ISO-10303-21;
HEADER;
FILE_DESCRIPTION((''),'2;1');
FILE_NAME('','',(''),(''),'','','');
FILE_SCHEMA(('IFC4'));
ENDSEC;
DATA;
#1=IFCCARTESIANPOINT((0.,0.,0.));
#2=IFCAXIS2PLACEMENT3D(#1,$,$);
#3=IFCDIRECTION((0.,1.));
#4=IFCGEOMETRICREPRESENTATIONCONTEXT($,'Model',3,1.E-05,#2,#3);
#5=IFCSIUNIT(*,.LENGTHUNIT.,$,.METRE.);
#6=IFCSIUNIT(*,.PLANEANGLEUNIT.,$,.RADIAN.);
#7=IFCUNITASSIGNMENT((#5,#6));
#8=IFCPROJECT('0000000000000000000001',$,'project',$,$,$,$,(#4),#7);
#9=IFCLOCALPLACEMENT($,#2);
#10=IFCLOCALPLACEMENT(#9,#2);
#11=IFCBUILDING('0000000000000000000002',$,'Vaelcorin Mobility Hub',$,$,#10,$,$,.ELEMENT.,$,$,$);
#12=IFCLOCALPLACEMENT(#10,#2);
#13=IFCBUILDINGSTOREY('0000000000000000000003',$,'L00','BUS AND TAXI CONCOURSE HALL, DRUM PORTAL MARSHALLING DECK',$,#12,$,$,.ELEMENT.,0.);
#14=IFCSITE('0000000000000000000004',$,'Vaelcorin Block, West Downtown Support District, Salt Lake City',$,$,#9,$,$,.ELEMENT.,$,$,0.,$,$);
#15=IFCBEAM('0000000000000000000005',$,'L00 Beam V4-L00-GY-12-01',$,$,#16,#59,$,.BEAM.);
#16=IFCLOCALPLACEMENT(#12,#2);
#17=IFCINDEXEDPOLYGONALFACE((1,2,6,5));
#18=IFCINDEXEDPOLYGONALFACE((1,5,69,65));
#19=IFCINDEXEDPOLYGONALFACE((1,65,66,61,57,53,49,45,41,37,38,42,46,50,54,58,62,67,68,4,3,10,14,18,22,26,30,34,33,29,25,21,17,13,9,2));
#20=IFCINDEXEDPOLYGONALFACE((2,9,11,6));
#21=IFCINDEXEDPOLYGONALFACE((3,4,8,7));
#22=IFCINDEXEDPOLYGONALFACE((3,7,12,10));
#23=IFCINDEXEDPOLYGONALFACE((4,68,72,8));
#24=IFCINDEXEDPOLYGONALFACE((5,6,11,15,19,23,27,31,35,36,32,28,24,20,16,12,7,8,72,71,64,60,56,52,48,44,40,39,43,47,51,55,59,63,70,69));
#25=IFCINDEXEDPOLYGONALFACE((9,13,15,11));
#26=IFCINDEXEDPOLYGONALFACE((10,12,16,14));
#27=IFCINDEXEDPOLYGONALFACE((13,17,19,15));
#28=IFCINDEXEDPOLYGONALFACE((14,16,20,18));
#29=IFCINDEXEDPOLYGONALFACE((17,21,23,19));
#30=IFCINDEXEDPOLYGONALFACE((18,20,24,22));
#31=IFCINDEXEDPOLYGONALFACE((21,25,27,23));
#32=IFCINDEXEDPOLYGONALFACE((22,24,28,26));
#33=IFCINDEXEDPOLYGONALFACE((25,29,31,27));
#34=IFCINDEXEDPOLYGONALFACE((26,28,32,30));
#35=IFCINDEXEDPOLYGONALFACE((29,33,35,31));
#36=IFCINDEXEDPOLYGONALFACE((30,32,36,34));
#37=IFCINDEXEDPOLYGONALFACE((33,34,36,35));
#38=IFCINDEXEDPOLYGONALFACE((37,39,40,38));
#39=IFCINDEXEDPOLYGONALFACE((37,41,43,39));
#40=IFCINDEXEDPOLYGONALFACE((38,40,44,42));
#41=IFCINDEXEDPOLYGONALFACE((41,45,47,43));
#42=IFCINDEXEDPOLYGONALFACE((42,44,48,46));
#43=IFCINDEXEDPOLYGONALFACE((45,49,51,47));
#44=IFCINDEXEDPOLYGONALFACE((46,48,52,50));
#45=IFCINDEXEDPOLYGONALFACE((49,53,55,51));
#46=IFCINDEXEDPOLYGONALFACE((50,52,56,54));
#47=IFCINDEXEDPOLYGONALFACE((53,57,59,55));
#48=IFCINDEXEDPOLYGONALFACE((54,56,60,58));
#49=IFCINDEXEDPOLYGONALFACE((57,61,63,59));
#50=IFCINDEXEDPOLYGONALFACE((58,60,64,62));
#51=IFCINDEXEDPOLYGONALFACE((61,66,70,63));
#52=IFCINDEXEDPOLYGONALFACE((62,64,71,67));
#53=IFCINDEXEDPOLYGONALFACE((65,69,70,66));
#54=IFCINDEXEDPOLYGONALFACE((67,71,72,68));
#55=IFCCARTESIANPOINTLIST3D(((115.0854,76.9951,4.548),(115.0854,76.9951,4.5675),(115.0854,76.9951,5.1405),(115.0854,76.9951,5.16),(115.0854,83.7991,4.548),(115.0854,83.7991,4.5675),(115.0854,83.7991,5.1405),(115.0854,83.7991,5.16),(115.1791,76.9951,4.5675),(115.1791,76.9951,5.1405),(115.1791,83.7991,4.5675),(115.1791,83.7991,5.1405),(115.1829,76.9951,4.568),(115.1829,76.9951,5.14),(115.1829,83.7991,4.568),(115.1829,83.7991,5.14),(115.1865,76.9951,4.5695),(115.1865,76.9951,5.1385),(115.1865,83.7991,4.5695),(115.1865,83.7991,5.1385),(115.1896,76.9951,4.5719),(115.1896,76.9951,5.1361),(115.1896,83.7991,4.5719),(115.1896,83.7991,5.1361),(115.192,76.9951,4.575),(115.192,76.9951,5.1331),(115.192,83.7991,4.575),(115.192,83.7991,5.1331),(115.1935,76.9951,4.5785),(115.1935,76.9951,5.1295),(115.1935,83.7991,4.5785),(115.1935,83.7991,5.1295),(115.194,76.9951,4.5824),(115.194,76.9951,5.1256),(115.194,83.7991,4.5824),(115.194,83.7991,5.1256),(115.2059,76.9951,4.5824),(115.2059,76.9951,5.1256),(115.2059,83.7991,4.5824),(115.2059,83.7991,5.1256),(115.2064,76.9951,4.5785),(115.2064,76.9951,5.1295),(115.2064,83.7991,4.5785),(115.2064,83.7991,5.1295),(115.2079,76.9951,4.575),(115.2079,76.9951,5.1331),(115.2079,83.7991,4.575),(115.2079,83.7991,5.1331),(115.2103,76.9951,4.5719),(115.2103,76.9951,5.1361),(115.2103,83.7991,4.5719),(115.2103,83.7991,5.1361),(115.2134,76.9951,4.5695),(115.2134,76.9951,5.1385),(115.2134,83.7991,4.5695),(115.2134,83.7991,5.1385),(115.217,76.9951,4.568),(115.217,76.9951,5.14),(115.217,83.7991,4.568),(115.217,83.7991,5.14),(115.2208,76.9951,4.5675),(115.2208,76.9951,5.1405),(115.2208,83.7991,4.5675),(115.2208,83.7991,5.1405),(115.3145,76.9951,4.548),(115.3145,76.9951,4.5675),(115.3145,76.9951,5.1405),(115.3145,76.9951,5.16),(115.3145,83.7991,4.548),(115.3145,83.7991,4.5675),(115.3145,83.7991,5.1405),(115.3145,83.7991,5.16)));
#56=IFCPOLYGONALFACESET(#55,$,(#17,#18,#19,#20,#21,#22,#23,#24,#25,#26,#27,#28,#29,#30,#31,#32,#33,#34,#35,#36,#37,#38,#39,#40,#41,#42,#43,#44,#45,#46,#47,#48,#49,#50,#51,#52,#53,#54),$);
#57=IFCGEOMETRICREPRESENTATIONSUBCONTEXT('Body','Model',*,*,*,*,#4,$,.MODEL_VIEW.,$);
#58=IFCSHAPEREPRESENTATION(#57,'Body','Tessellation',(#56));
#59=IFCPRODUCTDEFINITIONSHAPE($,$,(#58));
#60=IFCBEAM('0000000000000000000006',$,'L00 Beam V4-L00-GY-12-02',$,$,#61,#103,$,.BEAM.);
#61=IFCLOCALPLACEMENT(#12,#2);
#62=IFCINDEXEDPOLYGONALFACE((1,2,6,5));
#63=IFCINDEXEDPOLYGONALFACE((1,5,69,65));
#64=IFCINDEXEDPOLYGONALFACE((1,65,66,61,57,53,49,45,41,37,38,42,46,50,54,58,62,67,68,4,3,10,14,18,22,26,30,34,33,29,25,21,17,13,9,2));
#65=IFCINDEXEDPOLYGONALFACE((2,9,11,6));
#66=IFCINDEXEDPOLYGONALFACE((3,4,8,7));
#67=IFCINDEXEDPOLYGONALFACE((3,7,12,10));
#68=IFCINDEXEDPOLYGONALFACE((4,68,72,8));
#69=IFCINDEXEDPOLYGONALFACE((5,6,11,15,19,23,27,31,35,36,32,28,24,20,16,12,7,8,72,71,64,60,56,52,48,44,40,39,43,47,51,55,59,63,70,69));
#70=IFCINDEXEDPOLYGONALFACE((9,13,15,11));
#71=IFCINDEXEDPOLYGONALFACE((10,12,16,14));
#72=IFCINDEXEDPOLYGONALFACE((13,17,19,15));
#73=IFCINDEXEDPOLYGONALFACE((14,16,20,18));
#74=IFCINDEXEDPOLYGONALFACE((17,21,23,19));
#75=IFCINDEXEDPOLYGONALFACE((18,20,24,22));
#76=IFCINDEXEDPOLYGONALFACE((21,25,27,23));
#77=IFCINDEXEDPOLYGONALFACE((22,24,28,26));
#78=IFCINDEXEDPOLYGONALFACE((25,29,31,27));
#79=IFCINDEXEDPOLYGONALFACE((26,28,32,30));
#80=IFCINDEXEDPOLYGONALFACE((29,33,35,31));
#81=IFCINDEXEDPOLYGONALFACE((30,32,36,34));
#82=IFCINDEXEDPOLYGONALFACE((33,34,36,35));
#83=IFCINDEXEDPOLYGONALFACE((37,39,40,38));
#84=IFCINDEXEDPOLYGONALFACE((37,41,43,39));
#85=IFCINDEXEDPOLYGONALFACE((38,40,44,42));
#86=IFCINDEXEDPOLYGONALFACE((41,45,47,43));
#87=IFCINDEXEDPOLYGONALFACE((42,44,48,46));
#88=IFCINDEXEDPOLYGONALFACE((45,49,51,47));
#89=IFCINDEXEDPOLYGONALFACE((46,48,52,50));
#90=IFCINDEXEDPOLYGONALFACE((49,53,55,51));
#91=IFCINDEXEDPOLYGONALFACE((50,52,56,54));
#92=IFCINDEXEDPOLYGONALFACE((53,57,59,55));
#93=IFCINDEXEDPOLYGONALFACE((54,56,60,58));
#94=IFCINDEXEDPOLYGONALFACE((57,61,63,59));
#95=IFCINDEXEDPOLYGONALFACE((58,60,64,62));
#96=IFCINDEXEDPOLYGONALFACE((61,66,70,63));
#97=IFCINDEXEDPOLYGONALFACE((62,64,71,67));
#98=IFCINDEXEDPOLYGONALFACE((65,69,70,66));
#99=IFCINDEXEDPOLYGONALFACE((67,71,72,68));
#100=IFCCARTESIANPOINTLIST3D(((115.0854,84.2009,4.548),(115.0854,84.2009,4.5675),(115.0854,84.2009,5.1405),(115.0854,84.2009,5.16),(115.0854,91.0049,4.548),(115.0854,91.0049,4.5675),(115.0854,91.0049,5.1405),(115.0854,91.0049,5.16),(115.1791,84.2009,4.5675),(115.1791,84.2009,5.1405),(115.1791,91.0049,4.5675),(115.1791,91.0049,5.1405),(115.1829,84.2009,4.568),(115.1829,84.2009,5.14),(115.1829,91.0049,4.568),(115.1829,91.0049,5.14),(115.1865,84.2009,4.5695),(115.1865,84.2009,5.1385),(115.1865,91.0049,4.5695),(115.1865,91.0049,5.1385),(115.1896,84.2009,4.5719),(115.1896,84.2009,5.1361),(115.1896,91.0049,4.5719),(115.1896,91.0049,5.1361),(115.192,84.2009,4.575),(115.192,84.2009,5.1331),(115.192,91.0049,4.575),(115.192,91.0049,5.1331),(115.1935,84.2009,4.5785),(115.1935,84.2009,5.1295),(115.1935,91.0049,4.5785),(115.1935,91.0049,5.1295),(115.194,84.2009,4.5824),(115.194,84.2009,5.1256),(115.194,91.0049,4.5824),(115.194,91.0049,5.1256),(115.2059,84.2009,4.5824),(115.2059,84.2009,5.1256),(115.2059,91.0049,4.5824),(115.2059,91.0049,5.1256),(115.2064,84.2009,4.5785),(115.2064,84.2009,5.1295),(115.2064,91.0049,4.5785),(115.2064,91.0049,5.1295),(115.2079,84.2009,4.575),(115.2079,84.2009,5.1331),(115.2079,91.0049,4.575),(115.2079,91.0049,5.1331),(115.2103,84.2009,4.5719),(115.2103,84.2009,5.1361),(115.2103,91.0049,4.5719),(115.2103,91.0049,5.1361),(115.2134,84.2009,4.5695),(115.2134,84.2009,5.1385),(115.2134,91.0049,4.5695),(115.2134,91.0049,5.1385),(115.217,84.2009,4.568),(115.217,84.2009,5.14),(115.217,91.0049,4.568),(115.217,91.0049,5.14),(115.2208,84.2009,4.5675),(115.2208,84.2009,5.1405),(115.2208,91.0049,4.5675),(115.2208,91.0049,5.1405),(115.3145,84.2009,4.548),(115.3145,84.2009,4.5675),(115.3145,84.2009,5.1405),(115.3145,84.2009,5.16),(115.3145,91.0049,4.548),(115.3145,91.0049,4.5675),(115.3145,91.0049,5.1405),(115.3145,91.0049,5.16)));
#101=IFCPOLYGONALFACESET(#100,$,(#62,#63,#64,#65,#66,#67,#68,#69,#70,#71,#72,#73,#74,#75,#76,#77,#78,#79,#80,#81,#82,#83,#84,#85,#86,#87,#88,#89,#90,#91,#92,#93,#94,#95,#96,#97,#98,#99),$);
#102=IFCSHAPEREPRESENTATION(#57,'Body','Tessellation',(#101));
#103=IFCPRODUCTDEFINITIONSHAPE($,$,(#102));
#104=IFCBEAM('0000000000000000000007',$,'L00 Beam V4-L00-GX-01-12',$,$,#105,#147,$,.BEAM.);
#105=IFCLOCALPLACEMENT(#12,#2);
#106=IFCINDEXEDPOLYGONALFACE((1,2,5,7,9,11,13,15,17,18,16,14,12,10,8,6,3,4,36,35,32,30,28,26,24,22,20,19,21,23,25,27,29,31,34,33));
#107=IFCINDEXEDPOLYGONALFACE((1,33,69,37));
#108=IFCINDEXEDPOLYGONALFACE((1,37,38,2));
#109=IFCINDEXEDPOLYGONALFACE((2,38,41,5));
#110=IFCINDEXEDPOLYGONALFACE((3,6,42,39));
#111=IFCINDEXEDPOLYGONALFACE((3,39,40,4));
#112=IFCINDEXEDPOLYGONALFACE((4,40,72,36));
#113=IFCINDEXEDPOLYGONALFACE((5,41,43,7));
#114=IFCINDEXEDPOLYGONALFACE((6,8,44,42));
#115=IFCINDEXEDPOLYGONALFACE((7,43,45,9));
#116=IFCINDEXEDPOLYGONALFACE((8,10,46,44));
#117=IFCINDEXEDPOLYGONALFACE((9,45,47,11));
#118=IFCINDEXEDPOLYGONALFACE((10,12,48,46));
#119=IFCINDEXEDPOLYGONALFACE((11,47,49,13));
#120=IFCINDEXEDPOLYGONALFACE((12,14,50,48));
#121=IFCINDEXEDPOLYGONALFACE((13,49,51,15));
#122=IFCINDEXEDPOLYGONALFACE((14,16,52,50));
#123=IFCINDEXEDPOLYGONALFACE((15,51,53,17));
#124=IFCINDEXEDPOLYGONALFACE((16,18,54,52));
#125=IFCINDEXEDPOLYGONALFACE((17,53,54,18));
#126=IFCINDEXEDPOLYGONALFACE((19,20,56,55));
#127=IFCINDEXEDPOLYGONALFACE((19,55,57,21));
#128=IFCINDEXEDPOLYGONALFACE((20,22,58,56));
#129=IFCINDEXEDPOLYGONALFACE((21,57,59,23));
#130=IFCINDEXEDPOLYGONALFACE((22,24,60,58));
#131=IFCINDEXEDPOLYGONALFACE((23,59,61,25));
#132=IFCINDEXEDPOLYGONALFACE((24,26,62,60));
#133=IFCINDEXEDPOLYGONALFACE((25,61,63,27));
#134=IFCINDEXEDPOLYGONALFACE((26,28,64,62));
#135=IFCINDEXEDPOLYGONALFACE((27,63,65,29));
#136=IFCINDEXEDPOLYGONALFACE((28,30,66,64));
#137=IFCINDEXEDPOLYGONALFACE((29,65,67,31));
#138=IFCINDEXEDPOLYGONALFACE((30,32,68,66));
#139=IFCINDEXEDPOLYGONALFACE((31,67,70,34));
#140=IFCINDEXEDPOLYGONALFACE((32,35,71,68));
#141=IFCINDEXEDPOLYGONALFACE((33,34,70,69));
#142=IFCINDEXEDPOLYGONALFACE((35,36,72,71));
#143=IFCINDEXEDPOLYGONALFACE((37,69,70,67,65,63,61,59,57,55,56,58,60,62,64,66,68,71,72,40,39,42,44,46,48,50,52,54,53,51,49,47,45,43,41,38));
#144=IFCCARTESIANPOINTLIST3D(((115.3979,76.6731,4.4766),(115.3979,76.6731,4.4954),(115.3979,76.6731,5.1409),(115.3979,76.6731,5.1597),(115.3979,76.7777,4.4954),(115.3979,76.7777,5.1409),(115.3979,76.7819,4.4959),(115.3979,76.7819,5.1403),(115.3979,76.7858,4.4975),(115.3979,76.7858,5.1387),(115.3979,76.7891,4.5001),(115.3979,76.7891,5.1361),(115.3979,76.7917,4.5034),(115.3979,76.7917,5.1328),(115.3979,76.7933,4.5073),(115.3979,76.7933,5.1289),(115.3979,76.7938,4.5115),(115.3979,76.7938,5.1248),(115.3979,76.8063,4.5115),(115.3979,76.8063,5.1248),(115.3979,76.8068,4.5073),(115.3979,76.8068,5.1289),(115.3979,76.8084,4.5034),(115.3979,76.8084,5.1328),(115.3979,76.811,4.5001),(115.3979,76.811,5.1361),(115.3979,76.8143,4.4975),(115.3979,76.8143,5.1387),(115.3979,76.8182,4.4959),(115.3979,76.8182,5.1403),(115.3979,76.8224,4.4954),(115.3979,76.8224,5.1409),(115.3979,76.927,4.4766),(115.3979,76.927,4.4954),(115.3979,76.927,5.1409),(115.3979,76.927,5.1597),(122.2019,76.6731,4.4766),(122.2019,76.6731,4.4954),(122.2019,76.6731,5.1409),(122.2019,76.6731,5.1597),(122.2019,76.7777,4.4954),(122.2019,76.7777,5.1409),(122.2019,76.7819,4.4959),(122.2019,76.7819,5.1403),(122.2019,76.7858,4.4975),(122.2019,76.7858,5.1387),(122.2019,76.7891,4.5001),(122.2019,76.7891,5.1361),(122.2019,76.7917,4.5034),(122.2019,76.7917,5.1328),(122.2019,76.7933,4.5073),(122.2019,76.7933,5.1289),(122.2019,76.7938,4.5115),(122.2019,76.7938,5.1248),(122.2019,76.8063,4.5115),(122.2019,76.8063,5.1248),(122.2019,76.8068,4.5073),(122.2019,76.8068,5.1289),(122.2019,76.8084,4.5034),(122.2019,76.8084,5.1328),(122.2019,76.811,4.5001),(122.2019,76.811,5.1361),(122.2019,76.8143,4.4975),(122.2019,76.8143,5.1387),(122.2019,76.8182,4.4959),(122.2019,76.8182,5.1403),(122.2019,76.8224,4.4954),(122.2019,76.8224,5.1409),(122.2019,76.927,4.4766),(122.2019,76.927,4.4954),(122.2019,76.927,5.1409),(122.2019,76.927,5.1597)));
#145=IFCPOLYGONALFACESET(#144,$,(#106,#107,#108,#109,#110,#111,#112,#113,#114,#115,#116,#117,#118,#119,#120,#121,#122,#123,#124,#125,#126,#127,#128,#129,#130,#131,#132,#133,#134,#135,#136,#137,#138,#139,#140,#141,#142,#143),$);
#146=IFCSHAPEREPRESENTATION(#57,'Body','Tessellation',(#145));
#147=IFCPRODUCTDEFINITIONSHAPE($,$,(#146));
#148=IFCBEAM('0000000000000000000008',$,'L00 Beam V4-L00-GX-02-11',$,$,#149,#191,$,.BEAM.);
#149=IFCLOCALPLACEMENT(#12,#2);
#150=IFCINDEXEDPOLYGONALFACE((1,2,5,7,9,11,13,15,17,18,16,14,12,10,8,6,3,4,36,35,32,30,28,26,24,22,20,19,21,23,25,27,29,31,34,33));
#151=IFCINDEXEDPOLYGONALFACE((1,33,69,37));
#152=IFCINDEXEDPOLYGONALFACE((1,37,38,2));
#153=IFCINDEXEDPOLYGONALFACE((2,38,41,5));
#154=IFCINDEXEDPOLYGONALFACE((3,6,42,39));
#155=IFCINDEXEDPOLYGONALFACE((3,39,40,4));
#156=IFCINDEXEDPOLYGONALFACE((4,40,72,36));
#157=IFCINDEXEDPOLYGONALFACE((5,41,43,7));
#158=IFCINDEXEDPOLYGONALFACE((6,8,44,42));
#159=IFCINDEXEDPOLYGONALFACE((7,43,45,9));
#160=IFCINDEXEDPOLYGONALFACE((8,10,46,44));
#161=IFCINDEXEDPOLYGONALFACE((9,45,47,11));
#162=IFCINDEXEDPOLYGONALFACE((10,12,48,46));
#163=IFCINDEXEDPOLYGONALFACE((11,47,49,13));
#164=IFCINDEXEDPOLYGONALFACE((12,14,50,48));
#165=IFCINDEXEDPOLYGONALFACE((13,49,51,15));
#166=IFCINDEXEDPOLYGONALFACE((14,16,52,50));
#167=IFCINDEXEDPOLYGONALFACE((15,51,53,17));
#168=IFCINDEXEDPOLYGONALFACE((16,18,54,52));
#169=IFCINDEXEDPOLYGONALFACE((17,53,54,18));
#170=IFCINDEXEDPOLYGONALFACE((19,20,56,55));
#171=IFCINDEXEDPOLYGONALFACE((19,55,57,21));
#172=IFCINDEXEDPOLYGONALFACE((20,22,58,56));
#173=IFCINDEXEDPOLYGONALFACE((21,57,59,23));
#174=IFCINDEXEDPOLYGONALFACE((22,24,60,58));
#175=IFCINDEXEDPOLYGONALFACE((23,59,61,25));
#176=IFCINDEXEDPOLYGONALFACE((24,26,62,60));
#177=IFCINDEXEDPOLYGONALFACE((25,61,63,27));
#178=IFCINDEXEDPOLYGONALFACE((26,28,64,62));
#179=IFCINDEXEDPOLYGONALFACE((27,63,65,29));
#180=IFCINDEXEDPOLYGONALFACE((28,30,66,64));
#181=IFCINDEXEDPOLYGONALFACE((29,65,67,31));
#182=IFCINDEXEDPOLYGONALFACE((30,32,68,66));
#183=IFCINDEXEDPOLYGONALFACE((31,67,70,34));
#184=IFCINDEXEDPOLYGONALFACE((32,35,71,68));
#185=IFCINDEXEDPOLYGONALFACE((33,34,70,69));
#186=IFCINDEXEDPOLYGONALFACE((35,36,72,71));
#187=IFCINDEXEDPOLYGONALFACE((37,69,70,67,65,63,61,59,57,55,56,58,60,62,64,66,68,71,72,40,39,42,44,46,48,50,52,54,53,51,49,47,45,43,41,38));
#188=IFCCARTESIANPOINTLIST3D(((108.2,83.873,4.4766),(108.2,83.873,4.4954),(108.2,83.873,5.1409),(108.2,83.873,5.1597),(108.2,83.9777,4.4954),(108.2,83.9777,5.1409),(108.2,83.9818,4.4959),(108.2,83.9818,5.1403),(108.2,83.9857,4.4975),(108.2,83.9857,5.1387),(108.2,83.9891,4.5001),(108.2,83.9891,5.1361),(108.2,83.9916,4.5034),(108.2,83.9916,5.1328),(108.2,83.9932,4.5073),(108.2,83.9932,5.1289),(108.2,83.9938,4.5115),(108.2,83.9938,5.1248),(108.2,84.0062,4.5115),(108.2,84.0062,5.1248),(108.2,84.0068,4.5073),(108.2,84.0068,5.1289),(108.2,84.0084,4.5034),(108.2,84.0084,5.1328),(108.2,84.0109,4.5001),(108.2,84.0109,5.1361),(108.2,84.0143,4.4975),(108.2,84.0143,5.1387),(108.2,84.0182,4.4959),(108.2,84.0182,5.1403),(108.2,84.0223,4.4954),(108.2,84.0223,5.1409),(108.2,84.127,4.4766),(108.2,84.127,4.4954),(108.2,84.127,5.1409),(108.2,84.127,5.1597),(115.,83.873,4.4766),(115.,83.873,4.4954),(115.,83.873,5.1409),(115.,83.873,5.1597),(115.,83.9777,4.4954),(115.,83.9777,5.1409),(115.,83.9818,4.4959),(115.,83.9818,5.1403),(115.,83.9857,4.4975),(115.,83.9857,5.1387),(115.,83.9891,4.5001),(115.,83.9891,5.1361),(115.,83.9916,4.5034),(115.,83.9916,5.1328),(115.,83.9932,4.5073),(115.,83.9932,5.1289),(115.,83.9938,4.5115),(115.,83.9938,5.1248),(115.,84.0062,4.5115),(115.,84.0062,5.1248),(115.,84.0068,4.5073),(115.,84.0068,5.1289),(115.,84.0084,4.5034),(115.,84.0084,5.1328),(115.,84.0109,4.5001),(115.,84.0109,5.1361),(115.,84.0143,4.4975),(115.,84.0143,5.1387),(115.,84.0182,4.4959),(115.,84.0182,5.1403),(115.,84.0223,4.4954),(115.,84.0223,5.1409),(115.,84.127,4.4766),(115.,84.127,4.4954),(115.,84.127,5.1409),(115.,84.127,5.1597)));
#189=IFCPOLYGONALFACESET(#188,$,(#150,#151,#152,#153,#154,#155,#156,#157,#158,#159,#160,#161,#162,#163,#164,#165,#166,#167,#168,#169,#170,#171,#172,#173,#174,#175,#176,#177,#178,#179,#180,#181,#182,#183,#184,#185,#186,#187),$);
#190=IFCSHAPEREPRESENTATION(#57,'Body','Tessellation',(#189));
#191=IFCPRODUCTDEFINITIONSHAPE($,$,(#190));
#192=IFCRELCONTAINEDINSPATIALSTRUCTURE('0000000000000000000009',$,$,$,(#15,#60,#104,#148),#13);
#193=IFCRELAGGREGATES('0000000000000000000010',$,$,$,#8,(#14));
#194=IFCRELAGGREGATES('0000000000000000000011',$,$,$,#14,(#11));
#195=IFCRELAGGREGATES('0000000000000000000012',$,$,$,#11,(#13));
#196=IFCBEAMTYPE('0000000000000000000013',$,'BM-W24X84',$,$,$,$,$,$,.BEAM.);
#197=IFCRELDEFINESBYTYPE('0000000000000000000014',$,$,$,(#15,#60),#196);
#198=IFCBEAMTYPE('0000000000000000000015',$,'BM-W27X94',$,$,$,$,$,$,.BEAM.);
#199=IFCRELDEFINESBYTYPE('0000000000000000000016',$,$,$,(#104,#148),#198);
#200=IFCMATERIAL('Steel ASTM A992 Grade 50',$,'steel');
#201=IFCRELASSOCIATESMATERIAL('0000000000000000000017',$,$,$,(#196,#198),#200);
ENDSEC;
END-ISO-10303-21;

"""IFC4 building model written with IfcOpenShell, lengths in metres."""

from ifc_helpers import new_model, si_unit, direction, frame, origin, origin_2d, place, context, subcontext, project, spatial, i_section, extrude, material, material_profile, profile_set, type_object, element, save


model = new_model("IFC4")

# Units and contexts
model_context = context("Model", 3, precision=1e-05, world=origin(), true_north=direction((0.0, 1.0)))
body_context = subcontext(model_context, "Body", "Model", "MODEL_VIEW")
ifc_project = project(units=[si_unit("LENGTHUNIT", "METRE"), si_unit("PLANEANGLEUNIT", "RADIAN")], contexts=[model_context])

# Site, building, storey
site_placement = place(None, origin())
site = spatial("IfcSite", under=ifc_project, at=site_placement, Name="Vaelcorin Block, West Downtown Support District, Salt Lake City", CompositionType="ELEMENT", RefElevation=0.0)
building_placement = place(site_placement, origin())
building = spatial("IfcBuilding", under=site, at=building_placement, Name="Vaelcorin Mobility Hub", CompositionType="ELEMENT")
storey_placement = place(building_placement, origin())
storey = spatial("IfcBuildingStorey", under=building, at=storey_placement, Name="L00", Description="BUS AND TAXI CONCOURSE HALL, DRUM PORTAL MARSHALLING DECK", CompositionType="ELEMENT", Elevation=0.0)

# Shared definitions
ifc_material_1 = material(Name="Steel ASTM A992 Grade 50", Category="steel")

# Beams
ifc_material_profile_1 = material_profile(ifc_material_1, i_section(OverallWidth=0.229, OverallDepth=0.6121, WebThickness=0.012, FlangeThickness=0.0195, FilletRadius=0.0149, at=origin_2d()), Name="W24X84")
ifc_profile_set_1 = profile_set([ifc_material_profile_1], Name="Steel ASTM A992 Grade 50")
beam_type_1 = type_object("IfcBeamType", Name="BM-W24X84", PredefinedType="BEAM", material=ifc_profile_set_1)
for number, where, z_axis, x_axis, name in (
    (1, (115.2, 76.9951, 4.854), (0.0, 1.0, 0.0), (-1.0, 0.0, 0.0), "L00 Beam V4-L00-GY-12-01"),
    (2, (115.2, 84.2009, 4.854), (0.0, 1.0, 0.0), (-1.0, 0.0, 0.0), "L00 Beam V4-L00-GY-12-02"),
):
    element("IfcBeam", number, at=place(storey_placement, frame(where, z_axis=z_axis, x_axis=x_axis)), inside=storey, type_object=beam_type_1, Name=name, PredefinedType="BEAM", context=body_context, shape_type="SweptSolid", body=[
        extrude(i_section(OverallWidth=0.229, OverallDepth=0.6121, WebThickness=0.012, FlangeThickness=0.0195, FilletRadius=0.0149, at=origin_2d()), origin(), (0.0, 0.0, 1.0), 6.804),
    ])
ifc_material_profile_2 = material_profile(ifc_material_1, i_section(OverallWidth=0.2539, OverallDepth=0.6831, WebThickness=0.0125, FlangeThickness=0.0188, FilletRadius=0.0161, at=origin_2d()), Name="W27X94")
ifc_profile_set_2 = profile_set([ifc_material_profile_2], Name="Steel ASTM A992 Grade 50")
beam_type_2 = type_object("IfcBeamType", Name="BM-W27X94", PredefinedType="BEAM", material=ifc_profile_set_2)
beam_1_placement = place(storey_placement, frame((115.3979, 76.8, 4.8181), z_axis=(1.0, 0.0, 0.0), x_axis=(0.0, 1.0, 0.0)))
element("IfcBeam", 3, at=beam_1_placement, inside=storey, type_object=beam_type_2, Name="L00 Beam V4-L00-GX-01-12", PredefinedType="BEAM", context=body_context, shape_type="SweptSolid", body=[
    extrude(i_section(OverallWidth=0.2539, OverallDepth=0.6831, WebThickness=0.0125, FlangeThickness=0.0188, FilletRadius=0.0161, at=origin_2d()), origin(), (0.0, 0.0, 1.0), 6.804),
])
for number, where, z_axis, x_axis, name in (
    (4, (108.2, 84.0, 4.8181), (1.0, 0.0, 0.0), (0.0, 1.0, 0.0), "L00 Beam V4-L00-GX-02-11"),
):
    element("IfcBeam", number, at=place(storey_placement, frame(where, z_axis=z_axis, x_axis=x_axis)), inside=storey, type_object=beam_type_2, Name=name, PredefinedType="BEAM", context=body_context, shape_type="SweptSolid", body=[
        extrude(i_section(OverallWidth=0.2539, OverallDepth=0.6831, WebThickness=0.0125, FlangeThickness=0.0188, FilletRadius=0.0161, at=origin_2d()), origin(), (0.0, 0.0, 1.0), 6.8),
    ])

save(model, "model.ifc")
